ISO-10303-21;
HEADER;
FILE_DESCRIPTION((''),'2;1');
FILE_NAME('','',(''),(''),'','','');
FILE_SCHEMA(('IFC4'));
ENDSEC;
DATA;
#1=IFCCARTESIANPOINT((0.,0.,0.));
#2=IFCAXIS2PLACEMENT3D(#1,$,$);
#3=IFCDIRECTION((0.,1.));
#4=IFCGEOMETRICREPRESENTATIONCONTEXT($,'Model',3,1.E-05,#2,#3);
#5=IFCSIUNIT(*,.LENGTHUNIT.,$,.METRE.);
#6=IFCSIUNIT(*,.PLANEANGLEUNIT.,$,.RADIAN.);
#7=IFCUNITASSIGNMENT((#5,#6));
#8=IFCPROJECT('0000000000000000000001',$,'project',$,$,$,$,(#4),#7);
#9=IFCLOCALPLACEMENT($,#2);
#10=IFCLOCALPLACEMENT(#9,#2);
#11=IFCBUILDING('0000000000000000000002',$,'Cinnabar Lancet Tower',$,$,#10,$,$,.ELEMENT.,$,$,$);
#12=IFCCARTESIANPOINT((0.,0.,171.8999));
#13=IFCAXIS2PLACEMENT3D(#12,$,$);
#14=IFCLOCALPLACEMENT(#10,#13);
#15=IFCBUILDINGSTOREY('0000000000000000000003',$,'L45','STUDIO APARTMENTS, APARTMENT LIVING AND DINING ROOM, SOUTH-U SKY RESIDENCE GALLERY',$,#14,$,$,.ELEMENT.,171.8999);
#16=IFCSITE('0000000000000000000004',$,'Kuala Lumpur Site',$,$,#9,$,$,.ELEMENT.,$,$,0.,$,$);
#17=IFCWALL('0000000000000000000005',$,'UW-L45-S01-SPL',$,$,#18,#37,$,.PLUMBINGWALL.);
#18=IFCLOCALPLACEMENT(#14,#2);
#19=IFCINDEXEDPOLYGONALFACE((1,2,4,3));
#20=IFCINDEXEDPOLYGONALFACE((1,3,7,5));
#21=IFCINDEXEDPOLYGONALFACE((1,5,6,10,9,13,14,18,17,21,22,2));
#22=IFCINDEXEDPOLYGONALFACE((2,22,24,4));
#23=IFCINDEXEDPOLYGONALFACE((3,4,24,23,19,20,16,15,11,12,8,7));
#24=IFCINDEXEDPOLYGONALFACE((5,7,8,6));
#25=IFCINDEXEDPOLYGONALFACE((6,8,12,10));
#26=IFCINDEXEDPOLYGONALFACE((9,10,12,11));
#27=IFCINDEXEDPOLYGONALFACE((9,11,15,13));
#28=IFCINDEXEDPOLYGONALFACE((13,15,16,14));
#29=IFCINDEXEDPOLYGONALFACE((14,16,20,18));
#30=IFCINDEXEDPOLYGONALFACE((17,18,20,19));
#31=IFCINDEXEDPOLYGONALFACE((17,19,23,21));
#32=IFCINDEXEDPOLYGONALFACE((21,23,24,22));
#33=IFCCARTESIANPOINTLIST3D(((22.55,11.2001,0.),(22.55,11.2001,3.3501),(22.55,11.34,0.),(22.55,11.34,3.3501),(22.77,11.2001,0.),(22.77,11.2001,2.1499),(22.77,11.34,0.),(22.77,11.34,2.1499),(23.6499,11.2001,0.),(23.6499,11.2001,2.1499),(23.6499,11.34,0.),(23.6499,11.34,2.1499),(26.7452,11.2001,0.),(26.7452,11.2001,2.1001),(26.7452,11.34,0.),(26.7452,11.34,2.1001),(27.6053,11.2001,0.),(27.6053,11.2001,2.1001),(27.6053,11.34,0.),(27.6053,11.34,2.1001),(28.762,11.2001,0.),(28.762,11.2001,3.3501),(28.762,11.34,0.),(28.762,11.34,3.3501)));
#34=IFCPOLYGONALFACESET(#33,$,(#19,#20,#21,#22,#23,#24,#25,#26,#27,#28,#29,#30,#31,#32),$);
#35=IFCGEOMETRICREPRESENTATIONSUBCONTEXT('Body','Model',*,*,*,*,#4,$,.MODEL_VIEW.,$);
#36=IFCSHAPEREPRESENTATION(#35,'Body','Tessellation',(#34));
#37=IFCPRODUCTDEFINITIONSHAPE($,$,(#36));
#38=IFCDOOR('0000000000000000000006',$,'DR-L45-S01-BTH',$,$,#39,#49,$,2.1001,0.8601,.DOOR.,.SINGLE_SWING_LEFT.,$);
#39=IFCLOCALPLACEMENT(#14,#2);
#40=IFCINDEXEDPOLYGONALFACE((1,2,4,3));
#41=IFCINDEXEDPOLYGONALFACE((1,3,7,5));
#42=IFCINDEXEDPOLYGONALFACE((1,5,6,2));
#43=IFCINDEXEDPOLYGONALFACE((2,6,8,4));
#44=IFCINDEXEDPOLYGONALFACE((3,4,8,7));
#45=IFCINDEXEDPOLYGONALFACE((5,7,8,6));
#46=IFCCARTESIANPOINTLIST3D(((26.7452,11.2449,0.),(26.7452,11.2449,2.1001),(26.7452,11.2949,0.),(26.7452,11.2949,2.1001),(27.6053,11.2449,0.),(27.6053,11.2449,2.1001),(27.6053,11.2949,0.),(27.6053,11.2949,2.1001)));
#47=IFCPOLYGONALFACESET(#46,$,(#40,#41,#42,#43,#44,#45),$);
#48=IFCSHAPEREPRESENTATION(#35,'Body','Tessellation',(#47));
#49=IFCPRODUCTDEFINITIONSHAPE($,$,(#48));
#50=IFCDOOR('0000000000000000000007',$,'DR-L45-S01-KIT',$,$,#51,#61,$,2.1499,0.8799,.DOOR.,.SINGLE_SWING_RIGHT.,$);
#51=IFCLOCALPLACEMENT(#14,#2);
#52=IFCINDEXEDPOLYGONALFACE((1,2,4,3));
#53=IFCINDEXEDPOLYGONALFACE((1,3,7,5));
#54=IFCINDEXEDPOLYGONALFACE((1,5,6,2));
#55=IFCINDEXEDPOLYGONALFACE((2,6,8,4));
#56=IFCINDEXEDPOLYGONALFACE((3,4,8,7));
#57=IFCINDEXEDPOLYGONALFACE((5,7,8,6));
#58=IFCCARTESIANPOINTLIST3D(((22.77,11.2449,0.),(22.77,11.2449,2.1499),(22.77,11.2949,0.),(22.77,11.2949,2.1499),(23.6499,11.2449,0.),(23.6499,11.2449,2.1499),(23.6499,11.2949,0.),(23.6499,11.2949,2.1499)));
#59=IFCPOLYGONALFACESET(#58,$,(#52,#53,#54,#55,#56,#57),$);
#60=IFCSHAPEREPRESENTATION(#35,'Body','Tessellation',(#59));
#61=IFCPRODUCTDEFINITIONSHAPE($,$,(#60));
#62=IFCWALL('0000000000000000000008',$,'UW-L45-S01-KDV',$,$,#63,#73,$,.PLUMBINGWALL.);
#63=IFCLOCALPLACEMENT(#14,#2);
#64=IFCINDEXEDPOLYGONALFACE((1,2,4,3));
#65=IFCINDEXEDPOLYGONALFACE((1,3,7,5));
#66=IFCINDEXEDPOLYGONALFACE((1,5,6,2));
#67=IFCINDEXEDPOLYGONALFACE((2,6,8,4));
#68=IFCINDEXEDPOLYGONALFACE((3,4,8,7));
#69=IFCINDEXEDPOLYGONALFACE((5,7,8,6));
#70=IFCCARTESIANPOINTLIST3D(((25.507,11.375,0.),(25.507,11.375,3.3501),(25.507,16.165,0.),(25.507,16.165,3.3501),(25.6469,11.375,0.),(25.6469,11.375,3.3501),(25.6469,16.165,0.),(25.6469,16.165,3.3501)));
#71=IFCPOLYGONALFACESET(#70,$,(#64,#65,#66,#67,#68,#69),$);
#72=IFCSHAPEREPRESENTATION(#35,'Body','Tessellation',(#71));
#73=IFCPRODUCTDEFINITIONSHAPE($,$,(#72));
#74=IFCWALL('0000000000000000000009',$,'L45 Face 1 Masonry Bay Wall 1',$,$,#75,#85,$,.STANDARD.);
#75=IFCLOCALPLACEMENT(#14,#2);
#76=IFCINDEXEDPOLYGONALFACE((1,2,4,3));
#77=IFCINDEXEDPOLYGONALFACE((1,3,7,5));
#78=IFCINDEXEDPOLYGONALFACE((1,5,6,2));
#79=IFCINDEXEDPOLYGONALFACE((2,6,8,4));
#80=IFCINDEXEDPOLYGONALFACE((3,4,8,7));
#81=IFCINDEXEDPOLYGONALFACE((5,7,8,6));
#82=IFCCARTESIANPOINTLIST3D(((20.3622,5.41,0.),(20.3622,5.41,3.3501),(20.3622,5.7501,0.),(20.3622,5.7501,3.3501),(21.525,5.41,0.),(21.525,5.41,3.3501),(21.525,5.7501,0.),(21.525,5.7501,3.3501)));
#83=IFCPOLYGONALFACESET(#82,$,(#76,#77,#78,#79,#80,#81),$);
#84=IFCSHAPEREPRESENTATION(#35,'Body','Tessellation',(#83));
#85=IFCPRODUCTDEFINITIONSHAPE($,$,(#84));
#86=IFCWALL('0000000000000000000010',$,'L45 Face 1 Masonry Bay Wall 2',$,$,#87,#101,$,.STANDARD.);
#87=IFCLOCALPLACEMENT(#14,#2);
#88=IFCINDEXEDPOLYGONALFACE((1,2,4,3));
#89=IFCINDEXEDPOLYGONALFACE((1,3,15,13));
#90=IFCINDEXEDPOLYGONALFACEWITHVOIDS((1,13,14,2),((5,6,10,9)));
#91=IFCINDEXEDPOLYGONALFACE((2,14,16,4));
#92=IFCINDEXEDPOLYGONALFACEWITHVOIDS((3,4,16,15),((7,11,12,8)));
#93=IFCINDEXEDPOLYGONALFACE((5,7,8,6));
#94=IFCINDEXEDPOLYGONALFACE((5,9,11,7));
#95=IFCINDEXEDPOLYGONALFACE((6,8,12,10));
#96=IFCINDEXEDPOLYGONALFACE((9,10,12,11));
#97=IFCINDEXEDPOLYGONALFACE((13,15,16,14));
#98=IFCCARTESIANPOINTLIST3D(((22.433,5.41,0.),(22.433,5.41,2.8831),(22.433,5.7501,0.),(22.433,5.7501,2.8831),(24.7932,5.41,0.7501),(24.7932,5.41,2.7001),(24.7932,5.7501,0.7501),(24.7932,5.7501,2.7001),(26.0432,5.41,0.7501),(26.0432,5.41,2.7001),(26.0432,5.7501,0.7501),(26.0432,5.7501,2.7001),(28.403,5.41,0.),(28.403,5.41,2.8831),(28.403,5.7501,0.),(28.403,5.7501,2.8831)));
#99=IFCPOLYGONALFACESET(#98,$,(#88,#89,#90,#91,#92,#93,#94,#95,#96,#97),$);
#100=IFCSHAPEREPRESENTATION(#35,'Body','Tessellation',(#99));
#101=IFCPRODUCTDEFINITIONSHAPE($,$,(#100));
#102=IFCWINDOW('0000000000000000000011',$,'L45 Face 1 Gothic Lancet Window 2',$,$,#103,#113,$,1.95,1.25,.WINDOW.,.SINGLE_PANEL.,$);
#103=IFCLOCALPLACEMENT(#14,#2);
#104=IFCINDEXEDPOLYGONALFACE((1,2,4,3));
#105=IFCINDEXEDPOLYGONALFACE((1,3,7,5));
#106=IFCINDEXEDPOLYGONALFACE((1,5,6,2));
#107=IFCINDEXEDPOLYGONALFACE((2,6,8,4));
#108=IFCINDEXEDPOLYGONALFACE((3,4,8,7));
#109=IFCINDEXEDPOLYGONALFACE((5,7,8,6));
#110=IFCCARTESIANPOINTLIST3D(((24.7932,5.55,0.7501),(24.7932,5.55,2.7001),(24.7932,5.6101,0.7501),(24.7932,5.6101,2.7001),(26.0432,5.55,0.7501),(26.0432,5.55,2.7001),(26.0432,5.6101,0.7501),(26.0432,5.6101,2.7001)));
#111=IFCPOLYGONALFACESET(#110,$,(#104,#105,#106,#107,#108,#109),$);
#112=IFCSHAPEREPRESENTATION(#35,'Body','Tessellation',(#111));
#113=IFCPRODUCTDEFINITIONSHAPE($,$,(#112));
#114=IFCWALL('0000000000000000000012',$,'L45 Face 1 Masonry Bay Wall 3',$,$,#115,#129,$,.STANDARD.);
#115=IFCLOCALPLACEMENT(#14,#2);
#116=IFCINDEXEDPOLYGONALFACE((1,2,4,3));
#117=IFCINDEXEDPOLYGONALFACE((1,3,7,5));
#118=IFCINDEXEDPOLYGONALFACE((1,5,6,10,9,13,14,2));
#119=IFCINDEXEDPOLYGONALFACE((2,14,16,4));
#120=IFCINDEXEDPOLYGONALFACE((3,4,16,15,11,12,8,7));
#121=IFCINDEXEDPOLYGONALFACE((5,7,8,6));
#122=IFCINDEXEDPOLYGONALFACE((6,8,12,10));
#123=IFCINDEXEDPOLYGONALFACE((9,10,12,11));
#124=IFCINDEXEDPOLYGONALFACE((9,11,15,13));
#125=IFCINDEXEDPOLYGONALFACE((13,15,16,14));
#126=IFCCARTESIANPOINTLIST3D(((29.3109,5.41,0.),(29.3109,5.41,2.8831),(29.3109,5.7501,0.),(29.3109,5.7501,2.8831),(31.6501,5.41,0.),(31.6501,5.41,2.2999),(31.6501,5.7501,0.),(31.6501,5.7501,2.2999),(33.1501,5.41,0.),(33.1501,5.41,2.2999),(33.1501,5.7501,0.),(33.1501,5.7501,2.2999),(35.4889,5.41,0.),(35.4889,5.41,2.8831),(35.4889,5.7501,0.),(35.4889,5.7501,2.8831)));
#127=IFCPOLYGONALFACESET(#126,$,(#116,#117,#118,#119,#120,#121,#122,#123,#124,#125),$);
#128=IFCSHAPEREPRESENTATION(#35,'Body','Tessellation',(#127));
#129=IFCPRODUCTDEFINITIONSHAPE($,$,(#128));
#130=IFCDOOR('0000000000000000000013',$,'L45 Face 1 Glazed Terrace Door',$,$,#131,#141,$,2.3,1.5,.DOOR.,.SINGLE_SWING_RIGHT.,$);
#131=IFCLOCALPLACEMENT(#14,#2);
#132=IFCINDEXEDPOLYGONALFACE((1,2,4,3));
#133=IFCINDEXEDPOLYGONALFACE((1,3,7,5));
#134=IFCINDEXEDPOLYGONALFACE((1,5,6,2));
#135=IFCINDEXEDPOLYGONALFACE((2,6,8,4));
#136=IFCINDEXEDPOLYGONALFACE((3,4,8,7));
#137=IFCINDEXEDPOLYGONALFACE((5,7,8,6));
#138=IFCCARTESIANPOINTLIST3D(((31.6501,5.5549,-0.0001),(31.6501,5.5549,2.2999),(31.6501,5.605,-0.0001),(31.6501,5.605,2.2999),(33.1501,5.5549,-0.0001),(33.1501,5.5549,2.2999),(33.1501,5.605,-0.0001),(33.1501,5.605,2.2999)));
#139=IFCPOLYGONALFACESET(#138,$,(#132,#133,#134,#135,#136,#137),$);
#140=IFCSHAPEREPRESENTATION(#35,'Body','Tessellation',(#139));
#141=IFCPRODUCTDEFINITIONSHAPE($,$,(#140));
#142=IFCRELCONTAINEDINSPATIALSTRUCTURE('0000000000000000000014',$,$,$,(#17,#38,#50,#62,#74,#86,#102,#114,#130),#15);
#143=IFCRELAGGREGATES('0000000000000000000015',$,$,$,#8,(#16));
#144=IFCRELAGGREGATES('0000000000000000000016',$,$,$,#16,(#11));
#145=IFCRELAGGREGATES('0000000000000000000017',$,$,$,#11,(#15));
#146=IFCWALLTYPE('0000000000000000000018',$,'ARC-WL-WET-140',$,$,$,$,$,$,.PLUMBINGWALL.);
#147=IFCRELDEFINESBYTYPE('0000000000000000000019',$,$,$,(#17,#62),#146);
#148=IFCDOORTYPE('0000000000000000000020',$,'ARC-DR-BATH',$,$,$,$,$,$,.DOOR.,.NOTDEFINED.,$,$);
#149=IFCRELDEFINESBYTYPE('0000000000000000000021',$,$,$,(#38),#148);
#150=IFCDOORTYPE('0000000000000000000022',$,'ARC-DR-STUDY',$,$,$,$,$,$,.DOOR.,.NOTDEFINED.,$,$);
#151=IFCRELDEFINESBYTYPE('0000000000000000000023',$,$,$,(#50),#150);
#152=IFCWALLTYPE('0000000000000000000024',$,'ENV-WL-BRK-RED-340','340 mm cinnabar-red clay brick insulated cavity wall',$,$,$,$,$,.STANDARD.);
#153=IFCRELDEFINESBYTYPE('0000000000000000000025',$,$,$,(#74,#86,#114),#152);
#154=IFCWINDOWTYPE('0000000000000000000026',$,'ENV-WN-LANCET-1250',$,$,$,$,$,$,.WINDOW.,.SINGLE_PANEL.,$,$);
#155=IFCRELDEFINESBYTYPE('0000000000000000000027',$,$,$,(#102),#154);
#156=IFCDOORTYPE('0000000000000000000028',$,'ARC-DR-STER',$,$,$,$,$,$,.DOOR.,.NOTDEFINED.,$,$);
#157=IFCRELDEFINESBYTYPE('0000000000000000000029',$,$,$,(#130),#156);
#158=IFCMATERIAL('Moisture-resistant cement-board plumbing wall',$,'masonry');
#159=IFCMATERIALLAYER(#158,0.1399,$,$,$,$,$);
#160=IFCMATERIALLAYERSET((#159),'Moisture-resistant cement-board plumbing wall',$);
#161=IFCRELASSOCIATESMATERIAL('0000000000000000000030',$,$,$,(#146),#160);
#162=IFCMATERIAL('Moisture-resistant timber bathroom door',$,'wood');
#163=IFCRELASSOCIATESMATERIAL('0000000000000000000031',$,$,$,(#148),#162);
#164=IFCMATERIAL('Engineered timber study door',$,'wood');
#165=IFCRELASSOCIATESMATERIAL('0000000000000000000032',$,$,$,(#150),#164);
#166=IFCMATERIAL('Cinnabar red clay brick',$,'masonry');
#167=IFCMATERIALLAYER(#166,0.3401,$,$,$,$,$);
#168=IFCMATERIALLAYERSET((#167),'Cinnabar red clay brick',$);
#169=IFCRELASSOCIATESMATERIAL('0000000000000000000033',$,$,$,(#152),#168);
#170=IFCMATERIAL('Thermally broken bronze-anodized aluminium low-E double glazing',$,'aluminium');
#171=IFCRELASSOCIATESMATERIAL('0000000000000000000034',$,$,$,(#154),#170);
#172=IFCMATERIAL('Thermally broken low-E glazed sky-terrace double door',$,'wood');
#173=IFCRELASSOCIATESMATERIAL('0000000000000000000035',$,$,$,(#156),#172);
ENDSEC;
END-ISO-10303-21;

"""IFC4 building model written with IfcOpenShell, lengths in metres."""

from ifc_helpers import new_model, si_unit, direction, frame, frame_2d, origin, place, context, subcontext, project, spatial, rectangle, extrude, material, layer, layer_set, type_object, element, fill, save


model = new_model("IFC4")

# Units and contexts
model_context = context("Model", 3, precision=1e-05, world=origin(), true_north=direction((0.0, 1.0)))
body_context = subcontext(model_context, "Body", "Model", "MODEL_VIEW")
ifc_project = project(units=[si_unit("LENGTHUNIT", "METRE"), si_unit("PLANEANGLEUNIT", "RADIAN")], contexts=[model_context])

# Site, building, storey
site_placement = place(None, origin())
site = spatial("IfcSite", under=ifc_project, at=site_placement, Name="Kuala Lumpur Site", CompositionType="ELEMENT", RefElevation=0.0)
building_placement = place(site_placement, origin())
building = spatial("IfcBuilding", under=site, at=building_placement, Name="Cinnabar Lancet Tower", CompositionType="ELEMENT")
storey_placement = place(building_placement, frame((0.0, 0.0, 171.8999)))
storey = spatial("IfcBuildingStorey", under=building, at=storey_placement, Name="L45", Description="STUDIO APARTMENTS, APARTMENT LIVING AND DINING ROOM, SOUTH-U SKY RESIDENCE GALLERY", CompositionType="ELEMENT", Elevation=171.8999)

# Wall, openings, doors
ifc_material_1 = material(Name="Moisture-resistant cement-board plumbing wall", Category="masonry")
ifc_layer_1 = layer(ifc_material_1, 0.1399)
ifc_layer_set_1 = layer_set([ifc_layer_1], Name="Moisture-resistant cement-board plumbing wall")
wall_type_1 = type_object("IfcWallType", Name="ARC-WL-WET-140", PredefinedType="PLUMBINGWALL", material=ifc_layer_set_1)
wall_1_placement = place(storey_placement, frame((22.55, 11.27, 0.0), z_axis=(0.0, 0.0, 1.0), x_axis=(1.0, 0.0, 0.0)))
wall_1 = element("IfcWall", 1, at=wall_1_placement, inside=storey, type_object=wall_type_1, Name="UW-L45-S01-SPL", PredefinedType="PLUMBINGWALL", context=body_context, shape_type="SweptSolid", body=[
    extrude(rectangle(XDim=6.2119, YDim=0.1399, at=frame_2d((3.106, 0.0))), origin(), (0.0, 0.0, 1.0), 3.3501),
])
opening_1_placement = place(wall_1_placement, frame((4.1951, 0.0, 0.0)))
opening_1 = element("IfcOpeningElement", 2, at=opening_1_placement, cuts=wall_1, PredefinedType="OPENING", context=body_context, shape_type="SweptSolid", body=[
    extrude(rectangle(XDim=0.8601, YDim=2.1001, at=frame_2d((0.4302, 1.05))), frame((0.0, 0.0798, 0.0), z_axis=(0.0, -1.0, 0.0), x_axis=(1.0, 0.0, 0.0)), (0.0, 0.0, 1.0), 0.1599),
])
opening_2_placement = place(wall_1_placement, frame((0.22, 0.0, 0.0)))
opening_2 = element("IfcOpeningElement", 3, at=opening_2_placement, cuts=wall_1, PredefinedType="OPENING", context=body_context, shape_type="SweptSolid", body=[
    extrude(rectangle(XDim=0.8799, YDim=2.1499, at=frame_2d((0.4399, 1.075))), frame((0.0, 0.0798, 0.0), z_axis=(0.0, -1.0, 0.0), x_axis=(1.0, 0.0, 0.0)), (0.0, 0.0, 1.0), 0.1599),
])
ifc_material_2 = material(Name="Moisture-resistant timber bathroom door", Category="wood")
door_type_1 = type_object("IfcDoorType", Name="ARC-DR-BATH", OperationType="NOTDEFINED", PredefinedType="DOOR", material=ifc_material_2)
door_1_placement = place(opening_1_placement, origin())
door_1 = element("IfcDoor", 4, at=door_1_placement, inside=storey, type_object=door_type_1, Name="DR-L45-S01-BTH", OperationType="SINGLE_SWING_LEFT", OverallHeight=2.1001, OverallWidth=0.8601, PredefinedType="DOOR", context=body_context, shape_type="SweptSolid", body=[
    extrude(rectangle(XDim=0.8601, YDim=2.1001, at=frame_2d((0.4302, 1.05))), frame((0.0, 0.0249, 0.0), z_axis=(0.0, -1.0, 0.0), x_axis=(1.0, 0.0, 0.0)), (0.0, 0.0, 1.0), 0.05),
])
fill(opening_1, door_1)
ifc_material_3 = material(Name="Engineered timber study door", Category="wood")
door_type_2 = type_object("IfcDoorType", Name="ARC-DR-STUDY", OperationType="NOTDEFINED", PredefinedType="DOOR", material=ifc_material_3)
door_2_placement = place(opening_2_placement, origin())
door_2 = element("IfcDoor", 5, at=door_2_placement, inside=storey, type_object=door_type_2, Name="DR-L45-S01-KIT", OperationType="SINGLE_SWING_RIGHT", OverallHeight=2.1499, OverallWidth=0.8799, PredefinedType="DOOR", context=body_context, shape_type="SweptSolid", body=[
    extrude(rectangle(XDim=0.8799, YDim=2.1499, at=frame_2d((0.4399, 1.075))), frame((0.0, 0.0249, 0.0), z_axis=(0.0, -1.0, 0.0), x_axis=(1.0, 0.0, 0.0)), (0.0, 0.0, 1.0), 0.05),
])
fill(opening_2, door_2)

# Walls
wall_2_placement = place(storey_placement, frame((25.5769, 11.375, 0.0), z_axis=(0.0, 0.0, 1.0), x_axis=(0.0, 1.0, 0.0)))
element("IfcWall", 6, at=wall_2_placement, inside=storey, type_object=wall_type_1, Name="UW-L45-S01-KDV", PredefinedType="PLUMBINGWALL", context=body_context, shape_type="SweptSolid", body=[
    extrude(rectangle(XDim=4.79, YDim=0.1399, at=frame_2d((2.395, 0.0))), origin(), (0.0, 0.0, 1.0), 3.3501),
])
ifc_material_4 = material(Name="Cinnabar red clay brick", Category="masonry")
ifc_layer_2 = layer(ifc_material_4, 0.3401)
ifc_layer_set_2 = layer_set([ifc_layer_2], Name="Cinnabar red clay brick")
wall_type_2 = type_object("IfcWallType", Name="ENV-WL-BRK-RED-340", Description="340 mm cinnabar-red clay brick insulated cavity wall", PredefinedType="STANDARD", material=ifc_layer_set_2)
wall_3_placement = place(storey_placement, frame((20.3621, 5.5801, 0.0), z_axis=(0.0, 0.0, 1.0), x_axis=(1.0, 0.0, 0.0)))
element("IfcWall", 7, at=wall_3_placement, inside=storey, type_object=wall_type_2, Name="L45 Face 1 Masonry Bay Wall 1", PredefinedType="STANDARD", context=body_context, shape_type="SweptSolid", body=[
    extrude(rectangle(XDim=1.1628, YDim=0.3401, at=frame_2d((0.5815, 0.0))), origin(), (0.0, 0.0, 1.0), 3.3501),
])

# Wall, opening, window
wall_4_placement = place(storey_placement, frame((22.4331, 5.5801, 0.0), z_axis=(0.0, 0.0, 1.0), x_axis=(1.0, 0.0, 0.0)))
wall_4 = element("IfcWall", 8, at=wall_4_placement, inside=storey, type_object=wall_type_2, Name="L45 Face 1 Masonry Bay Wall 2", PredefinedType="STANDARD", context=body_context, shape_type="SweptSolid", body=[
    extrude(rectangle(XDim=5.97, YDim=0.3401, at=frame_2d((2.9849, 0.0))), origin(), (0.0, 0.0, 1.0), 2.8831),
])
opening_3_placement = place(wall_4_placement, frame((2.3601, 0.0, 0.75)))
opening_3 = element("IfcOpeningElement", 9, at=opening_3_placement, cuts=wall_4, PredefinedType="OPENING", context=body_context, shape_type="SweptSolid", body=[
    extrude(rectangle(XDim=1.25, YDim=1.95, at=frame_2d((0.625, 0.9751))), frame((0.0, 0.1799, 0.0), z_axis=(0.0, -1.0, 0.0), x_axis=(1.0, 0.0, 0.0)), (0.0, 0.0, 1.0), 0.3601),
])
ifc_material_5 = material(Name="Thermally broken bronze-anodized aluminium low-E double glazing", Category="aluminium")
window_type = type_object("IfcWindowType", Name="ENV-WN-LANCET-1250", PartitioningType="SINGLE_PANEL", PredefinedType="WINDOW", material=ifc_material_5)
window_placement = place(opening_3_placement, origin())
window = element("IfcWindow", 10, at=window_placement, inside=storey, type_object=window_type, Name="L45 Face 1 Gothic Lancet Window 2", OverallHeight=1.95, OverallWidth=1.25, PartitioningType="SINGLE_PANEL", PredefinedType="WINDOW", context=body_context, shape_type="SweptSolid", body=[
    extrude(rectangle(XDim=1.25, YDim=1.95, at=frame_2d((0.625, 0.9751))), frame((0.0, 0.03, 0.0), z_axis=(0.0, -1.0, 0.0), x_axis=(1.0, 0.0, 0.0)), (0.0, 0.0, 1.0), 0.0601),
])
fill(opening_3, window)

# Wall, opening, door
wall_5_placement = place(storey_placement, frame((29.311, 5.5801, 0.0), z_axis=(0.0, 0.0, 1.0), x_axis=(1.0, 0.0, 0.0)))
wall_5 = element("IfcWall", 11, at=wall_5_placement, inside=storey, type_object=wall_type_2, Name="L45 Face 1 Masonry Bay Wall 3", PredefinedType="STANDARD", context=body_context, shape_type="SweptSolid", body=[
    extrude(rectangle(XDim=6.178, YDim=0.3401, at=frame_2d((3.0889, 0.0))), origin(), (0.0, 0.0, 1.0), 2.8831),
])
opening_4_placement = place(wall_5_placement, frame((2.3391, 0.0, 0.0)))
opening_4 = element("IfcOpeningElement", 12, at=opening_4_placement, cuts=wall_5, PredefinedType="OPENING", context=body_context, shape_type="SweptSolid", body=[
    extrude(rectangle(XDim=1.5, YDim=2.3, at=frame_2d((0.75, 1.1499))), frame((0.0, 0.1799, 0.0), z_axis=(0.0, -1.0, 0.0), x_axis=(1.0, 0.0, 0.0)), (0.0, 0.0, 1.0), 0.3601),
])
ifc_material_6 = material(Name="Thermally broken low-E glazed sky-terrace double door", Category="wood")
door_type_3 = type_object("IfcDoorType", Name="ARC-DR-STER", OperationType="NOTDEFINED", PredefinedType="DOOR", material=ifc_material_6)
door_3_placement = place(opening_4_placement, origin())
door_3 = element("IfcDoor", 13, at=door_3_placement, inside=storey, type_object=door_type_3, Name="L45 Face 1 Glazed Terrace Door", OperationType="SINGLE_SWING_RIGHT", OverallHeight=2.3, OverallWidth=1.5, PredefinedType="DOOR", context=body_context, shape_type="SweptSolid", body=[
    extrude(rectangle(XDim=1.5, YDim=2.3, at=frame_2d((0.75, 1.1499))), frame((0.0, 0.0249, 0.0), z_axis=(0.0, -1.0, 0.0), x_axis=(1.0, 0.0, 0.0)), (0.0, 0.0, 1.0), 0.05),
])
fill(opening_4, door_3)

save(model, "model.ifc")
